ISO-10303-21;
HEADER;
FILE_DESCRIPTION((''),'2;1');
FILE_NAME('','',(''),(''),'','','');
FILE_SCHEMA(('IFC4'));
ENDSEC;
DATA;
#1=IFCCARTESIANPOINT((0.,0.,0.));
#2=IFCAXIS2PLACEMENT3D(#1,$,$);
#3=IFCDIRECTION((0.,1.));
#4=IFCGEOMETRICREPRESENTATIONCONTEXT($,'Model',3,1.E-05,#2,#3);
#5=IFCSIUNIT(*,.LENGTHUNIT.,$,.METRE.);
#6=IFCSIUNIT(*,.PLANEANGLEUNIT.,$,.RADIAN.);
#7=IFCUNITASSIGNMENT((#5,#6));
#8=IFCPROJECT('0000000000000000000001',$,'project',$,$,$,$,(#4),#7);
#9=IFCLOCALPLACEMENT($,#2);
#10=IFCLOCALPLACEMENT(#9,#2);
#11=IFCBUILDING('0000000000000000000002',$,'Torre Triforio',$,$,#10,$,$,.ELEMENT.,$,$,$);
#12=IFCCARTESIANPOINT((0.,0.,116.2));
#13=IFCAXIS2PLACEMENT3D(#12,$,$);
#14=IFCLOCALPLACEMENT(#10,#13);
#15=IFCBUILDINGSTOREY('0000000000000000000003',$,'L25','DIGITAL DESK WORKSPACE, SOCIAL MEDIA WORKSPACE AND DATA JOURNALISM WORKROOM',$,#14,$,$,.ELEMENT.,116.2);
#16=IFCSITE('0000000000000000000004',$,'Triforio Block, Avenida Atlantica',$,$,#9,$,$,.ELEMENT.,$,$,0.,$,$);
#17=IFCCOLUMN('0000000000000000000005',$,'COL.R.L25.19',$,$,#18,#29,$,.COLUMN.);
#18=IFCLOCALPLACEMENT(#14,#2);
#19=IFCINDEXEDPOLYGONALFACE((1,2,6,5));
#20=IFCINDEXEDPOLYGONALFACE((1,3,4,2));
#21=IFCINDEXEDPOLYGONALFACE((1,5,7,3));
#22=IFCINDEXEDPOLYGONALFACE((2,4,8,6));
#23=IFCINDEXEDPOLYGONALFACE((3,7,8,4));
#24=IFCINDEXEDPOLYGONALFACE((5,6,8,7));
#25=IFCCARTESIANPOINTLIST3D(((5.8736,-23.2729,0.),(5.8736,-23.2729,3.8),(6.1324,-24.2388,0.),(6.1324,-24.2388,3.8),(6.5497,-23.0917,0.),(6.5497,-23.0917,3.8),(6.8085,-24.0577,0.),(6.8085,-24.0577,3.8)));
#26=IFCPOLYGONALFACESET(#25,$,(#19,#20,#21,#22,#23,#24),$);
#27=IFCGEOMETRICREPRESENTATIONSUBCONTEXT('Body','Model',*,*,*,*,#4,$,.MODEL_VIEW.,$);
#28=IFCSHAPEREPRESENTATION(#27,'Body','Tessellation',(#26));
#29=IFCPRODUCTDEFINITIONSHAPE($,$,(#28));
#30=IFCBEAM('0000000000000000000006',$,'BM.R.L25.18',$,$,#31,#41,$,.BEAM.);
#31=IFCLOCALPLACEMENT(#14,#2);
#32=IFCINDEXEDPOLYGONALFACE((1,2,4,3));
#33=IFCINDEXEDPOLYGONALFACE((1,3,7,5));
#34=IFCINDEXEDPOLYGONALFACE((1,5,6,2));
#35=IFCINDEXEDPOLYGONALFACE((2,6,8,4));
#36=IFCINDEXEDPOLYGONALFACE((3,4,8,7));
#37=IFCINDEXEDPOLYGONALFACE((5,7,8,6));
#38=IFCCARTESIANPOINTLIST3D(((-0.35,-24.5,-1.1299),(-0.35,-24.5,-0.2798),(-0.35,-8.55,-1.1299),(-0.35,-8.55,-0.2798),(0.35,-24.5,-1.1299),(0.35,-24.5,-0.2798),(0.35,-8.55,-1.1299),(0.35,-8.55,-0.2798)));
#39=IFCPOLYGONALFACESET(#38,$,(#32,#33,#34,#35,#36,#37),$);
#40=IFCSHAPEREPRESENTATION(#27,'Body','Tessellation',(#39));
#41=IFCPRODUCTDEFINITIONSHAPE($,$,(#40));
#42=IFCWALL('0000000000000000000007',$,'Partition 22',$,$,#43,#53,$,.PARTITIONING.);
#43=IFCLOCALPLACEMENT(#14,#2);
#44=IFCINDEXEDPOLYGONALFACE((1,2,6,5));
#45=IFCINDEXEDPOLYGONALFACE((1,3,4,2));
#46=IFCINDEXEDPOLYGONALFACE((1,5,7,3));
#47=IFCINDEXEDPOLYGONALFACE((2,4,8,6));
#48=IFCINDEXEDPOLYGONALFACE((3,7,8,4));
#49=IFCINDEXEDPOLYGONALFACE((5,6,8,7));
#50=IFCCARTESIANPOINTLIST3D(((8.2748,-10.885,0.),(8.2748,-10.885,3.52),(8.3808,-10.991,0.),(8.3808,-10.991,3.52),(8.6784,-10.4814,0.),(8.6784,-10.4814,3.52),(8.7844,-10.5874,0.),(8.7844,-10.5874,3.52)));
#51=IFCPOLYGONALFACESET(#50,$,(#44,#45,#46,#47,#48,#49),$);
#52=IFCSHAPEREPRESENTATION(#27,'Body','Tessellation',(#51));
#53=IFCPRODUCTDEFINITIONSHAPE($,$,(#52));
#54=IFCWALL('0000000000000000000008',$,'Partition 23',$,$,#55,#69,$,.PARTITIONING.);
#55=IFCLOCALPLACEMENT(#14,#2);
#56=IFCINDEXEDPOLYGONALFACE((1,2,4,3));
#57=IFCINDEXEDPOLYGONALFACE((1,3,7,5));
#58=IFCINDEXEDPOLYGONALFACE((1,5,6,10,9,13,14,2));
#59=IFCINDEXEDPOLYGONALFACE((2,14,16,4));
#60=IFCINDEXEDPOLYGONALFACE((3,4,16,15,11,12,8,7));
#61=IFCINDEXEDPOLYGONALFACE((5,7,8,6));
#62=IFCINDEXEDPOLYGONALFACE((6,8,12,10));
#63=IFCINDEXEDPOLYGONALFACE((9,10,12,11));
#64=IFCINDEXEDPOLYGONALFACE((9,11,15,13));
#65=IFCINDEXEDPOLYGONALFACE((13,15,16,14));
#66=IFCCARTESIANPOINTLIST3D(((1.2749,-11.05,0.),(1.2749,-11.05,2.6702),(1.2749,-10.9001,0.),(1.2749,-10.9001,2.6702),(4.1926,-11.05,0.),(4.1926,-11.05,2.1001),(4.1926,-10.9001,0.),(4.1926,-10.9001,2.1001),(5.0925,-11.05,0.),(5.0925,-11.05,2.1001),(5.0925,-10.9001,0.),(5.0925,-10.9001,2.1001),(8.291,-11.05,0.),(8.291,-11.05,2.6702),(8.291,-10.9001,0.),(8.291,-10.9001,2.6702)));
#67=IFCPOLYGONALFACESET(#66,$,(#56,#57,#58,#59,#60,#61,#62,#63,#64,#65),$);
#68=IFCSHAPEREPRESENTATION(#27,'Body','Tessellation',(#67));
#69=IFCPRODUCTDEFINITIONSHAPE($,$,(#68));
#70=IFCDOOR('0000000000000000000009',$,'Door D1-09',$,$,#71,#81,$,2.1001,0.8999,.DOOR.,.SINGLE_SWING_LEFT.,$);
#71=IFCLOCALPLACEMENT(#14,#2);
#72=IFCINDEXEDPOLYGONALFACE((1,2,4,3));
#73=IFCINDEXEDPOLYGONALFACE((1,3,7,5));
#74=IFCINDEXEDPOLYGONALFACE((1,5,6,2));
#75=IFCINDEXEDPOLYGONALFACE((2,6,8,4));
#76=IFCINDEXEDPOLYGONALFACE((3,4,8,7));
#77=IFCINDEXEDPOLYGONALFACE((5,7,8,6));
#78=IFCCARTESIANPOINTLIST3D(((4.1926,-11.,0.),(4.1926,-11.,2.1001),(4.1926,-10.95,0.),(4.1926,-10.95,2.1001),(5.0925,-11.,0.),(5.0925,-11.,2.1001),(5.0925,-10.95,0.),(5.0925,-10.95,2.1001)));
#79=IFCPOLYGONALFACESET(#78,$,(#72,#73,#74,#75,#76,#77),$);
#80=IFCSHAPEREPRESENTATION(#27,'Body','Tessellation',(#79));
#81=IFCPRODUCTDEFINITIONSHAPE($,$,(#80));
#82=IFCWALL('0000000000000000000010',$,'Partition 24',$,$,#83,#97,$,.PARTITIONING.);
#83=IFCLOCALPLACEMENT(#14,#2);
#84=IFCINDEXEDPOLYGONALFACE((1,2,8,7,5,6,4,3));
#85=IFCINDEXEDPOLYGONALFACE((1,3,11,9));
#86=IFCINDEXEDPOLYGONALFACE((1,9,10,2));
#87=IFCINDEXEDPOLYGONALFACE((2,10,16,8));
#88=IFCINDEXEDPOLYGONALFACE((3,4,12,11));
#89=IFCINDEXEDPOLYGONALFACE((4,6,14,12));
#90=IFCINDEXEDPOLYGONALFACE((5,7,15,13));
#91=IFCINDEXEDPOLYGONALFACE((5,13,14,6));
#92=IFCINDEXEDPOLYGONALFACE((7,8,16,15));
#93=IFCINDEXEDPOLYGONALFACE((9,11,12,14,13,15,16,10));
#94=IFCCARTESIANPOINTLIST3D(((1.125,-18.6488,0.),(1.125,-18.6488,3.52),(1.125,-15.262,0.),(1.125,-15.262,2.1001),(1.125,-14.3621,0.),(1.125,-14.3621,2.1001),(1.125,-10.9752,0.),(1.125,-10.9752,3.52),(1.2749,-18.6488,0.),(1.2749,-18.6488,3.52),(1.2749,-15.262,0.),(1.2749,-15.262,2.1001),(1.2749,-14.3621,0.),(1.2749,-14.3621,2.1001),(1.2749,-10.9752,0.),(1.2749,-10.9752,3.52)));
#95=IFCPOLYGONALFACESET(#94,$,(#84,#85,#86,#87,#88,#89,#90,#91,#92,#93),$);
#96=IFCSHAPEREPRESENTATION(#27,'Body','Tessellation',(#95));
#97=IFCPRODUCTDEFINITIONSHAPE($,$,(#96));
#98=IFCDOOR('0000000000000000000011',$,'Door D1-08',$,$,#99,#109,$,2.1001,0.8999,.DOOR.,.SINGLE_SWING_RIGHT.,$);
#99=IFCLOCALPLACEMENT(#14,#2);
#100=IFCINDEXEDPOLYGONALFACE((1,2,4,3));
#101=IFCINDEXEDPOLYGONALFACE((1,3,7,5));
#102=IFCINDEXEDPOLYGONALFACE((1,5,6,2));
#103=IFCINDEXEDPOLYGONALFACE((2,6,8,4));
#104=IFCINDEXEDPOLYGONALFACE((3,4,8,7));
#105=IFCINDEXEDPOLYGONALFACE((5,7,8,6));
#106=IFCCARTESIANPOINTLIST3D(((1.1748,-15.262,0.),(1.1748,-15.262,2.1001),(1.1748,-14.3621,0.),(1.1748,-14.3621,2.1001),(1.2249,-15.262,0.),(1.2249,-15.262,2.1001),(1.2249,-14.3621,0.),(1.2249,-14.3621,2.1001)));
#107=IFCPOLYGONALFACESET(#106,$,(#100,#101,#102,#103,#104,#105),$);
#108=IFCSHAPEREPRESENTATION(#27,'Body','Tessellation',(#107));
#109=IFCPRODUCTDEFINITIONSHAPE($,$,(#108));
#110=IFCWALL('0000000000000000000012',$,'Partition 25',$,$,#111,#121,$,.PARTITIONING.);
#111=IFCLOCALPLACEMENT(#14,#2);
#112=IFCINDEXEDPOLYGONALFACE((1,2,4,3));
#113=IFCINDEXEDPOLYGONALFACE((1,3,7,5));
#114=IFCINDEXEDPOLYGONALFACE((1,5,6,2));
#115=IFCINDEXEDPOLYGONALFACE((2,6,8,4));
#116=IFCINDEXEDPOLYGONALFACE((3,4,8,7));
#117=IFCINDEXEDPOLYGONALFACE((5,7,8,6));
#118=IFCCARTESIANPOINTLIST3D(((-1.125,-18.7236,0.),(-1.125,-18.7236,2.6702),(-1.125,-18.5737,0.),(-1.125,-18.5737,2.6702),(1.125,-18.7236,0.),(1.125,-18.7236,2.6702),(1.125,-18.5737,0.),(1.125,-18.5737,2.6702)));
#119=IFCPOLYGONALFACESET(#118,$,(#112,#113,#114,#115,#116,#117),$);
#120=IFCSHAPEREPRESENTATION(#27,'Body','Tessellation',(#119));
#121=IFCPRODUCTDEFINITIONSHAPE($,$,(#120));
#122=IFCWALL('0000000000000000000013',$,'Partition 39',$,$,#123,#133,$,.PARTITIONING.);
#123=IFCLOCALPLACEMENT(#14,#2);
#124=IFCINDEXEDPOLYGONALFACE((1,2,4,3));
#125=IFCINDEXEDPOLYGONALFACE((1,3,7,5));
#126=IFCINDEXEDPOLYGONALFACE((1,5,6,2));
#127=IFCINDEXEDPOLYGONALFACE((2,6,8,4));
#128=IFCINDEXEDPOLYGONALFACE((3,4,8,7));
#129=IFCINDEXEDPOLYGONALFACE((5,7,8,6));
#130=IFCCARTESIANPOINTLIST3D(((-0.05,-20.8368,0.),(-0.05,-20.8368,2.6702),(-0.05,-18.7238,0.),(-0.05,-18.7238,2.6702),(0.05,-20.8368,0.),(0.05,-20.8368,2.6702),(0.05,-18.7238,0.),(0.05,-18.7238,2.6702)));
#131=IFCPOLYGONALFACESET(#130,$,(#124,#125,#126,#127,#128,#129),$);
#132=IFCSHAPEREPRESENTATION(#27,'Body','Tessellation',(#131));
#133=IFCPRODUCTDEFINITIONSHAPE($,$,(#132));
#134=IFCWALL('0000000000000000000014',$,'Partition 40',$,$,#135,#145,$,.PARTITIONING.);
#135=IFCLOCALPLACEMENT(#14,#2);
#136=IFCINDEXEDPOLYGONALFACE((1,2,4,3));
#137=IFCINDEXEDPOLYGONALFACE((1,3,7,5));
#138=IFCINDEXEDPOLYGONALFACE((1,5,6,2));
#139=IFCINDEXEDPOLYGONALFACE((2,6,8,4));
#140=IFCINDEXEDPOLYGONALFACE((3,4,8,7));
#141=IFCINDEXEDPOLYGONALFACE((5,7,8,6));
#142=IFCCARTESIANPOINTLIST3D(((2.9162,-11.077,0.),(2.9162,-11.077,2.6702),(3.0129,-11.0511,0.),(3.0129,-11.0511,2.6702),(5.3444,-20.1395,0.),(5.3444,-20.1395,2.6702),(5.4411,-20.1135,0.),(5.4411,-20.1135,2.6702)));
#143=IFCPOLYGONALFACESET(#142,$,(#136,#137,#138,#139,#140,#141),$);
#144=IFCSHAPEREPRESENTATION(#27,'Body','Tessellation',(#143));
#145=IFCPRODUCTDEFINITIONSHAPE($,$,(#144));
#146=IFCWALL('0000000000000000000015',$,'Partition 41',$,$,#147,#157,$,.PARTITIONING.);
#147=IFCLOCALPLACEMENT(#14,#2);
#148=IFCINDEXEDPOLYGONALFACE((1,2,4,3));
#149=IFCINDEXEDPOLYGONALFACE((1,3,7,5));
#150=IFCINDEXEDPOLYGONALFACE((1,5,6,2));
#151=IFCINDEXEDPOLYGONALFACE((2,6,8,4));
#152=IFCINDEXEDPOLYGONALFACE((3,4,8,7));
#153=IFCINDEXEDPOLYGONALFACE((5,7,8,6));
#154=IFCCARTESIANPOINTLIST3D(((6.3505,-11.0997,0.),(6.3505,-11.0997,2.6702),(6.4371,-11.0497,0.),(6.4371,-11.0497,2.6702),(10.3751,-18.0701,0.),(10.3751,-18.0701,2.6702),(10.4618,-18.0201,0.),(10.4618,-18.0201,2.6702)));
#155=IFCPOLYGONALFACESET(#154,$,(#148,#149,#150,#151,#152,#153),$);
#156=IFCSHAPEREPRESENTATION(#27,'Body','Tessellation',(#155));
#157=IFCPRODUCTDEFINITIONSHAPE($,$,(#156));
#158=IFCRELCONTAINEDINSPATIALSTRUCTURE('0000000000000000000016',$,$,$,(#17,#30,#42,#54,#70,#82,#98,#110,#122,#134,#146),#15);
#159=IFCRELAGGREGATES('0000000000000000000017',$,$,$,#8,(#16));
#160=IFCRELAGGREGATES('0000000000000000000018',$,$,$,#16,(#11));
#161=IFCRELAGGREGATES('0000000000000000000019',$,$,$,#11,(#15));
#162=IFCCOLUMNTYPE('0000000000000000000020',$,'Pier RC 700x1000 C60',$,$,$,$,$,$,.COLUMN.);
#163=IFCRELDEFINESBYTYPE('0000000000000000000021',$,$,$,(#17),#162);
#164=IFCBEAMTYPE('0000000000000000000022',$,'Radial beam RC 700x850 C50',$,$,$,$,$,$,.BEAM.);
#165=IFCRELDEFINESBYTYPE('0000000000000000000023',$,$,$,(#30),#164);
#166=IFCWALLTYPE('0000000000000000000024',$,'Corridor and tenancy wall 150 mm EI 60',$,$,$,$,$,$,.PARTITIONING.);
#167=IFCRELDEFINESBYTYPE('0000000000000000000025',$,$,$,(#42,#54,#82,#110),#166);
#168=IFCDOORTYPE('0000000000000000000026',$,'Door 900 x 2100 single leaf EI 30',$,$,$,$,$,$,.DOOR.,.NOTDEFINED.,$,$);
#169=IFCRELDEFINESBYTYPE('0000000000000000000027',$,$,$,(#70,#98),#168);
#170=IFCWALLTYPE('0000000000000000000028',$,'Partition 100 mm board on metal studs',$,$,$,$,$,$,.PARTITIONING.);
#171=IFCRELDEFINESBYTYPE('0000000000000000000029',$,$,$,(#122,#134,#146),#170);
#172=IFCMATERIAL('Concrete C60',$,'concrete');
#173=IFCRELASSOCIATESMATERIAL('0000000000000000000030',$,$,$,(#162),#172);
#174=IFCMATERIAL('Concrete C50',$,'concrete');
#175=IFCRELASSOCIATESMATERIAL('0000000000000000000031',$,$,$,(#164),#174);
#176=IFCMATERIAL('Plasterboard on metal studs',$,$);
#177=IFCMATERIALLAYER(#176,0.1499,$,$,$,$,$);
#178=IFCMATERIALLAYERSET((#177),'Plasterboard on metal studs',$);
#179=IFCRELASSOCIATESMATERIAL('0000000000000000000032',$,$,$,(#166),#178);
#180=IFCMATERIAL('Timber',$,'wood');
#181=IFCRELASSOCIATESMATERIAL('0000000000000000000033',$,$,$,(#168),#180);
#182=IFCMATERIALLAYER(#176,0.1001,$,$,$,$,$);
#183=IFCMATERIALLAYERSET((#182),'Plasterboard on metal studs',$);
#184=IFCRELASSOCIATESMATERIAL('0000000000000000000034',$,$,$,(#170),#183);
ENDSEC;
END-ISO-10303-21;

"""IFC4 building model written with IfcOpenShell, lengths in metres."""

from ifc_helpers import new_model, si_unit, direction, frame, frame_2d, origin, origin_2d, place, context, subcontext, project, spatial, rectangle, extrude, material, layer, layer_set, material_profile, profile_set, type_object, element, fill, save


model = new_model("IFC4")

# Units and contexts
model_context = context("Model", 3, precision=1e-05, world=origin(), true_north=direction((0.0, 1.0)))
body_context = subcontext(model_context, "Body", "Model", "MODEL_VIEW")
ifc_project = project(units=[si_unit("LENGTHUNIT", "METRE"), si_unit("PLANEANGLEUNIT", "RADIAN")], contexts=[model_context])

# Site, building, storey
site_placement = place(None, origin())
site = spatial("IfcSite", under=ifc_project, at=site_placement, Name="Triforio Block, Avenida Atlantica", CompositionType="ELEMENT", RefElevation=0.0)
building_placement = place(site_placement, origin())
building = spatial("IfcBuilding", under=site, at=building_placement, Name="Torre Triforio", CompositionType="ELEMENT")
storey_placement = place(building_placement, frame((0.0, 0.0, 116.2)))
storey = spatial("IfcBuildingStorey", under=building, at=storey_placement, Name="L25", Description="DIGITAL DESK WORKSPACE, SOCIAL MEDIA WORKSPACE AND DATA JOURNALISM WORKROOM", CompositionType="ELEMENT", Elevation=116.2)

# Column
ifc_material_1 = material(Name="Concrete C60", Category="concrete")
ifc_material_profile_1 = material_profile(ifc_material_1, rectangle(XDim=0.7, YDim=1.0, at=origin_2d()), Name="RC 700x1000")
ifc_profile_set_1 = profile_set([ifc_material_profile_1], Name="Concrete C60")
column_type = type_object("IfcColumnType", Name="Pier RC 700x1000 C60", PredefinedType="COLUMN", material=ifc_profile_set_1)
column_placement = place(storey_placement, frame((6.3411, -23.6653, 0.0), z_axis=(0.0, 0.0, 1.0), x_axis=(0.965926, 0.258819, 0.0)))
element("IfcColumn", 1, at=column_placement, inside=storey, type_object=column_type, Name="COL.R.L25.19", PredefinedType="COLUMN", context=body_context, shape_type="SweptSolid", body=[
    extrude(rectangle(XDim=0.7, YDim=1.0, at=origin_2d()), origin(), (0.0, 0.0, 1.0), 3.8),
])

# Beam
ifc_material_2 = material(Name="Concrete C50", Category="concrete")
ifc_material_profile_2 = material_profile(ifc_material_2, rectangle(XDim=0.7, YDim=0.8501, at=origin_2d()), Name="RC 700x850")
ifc_profile_set_2 = profile_set([ifc_material_profile_2], Name="Concrete C50")
beam_type = type_object("IfcBeamType", Name="Radial beam RC 700x850 C50", PredefinedType="BEAM", material=ifc_profile_set_2)
beam_placement = place(storey_placement, frame((0.0, -8.55, -0.7048), z_axis=(0.0, -1.0, 0.0), x_axis=(1.0, 0.0, 0.0)))
element("IfcBeam", 2, at=beam_placement, inside=storey, type_object=beam_type, Name="BM.R.L25.18", PredefinedType="BEAM", context=body_context, shape_type="SweptSolid", body=[
    extrude(rectangle(XDim=0.7, YDim=0.8501, at=origin_2d()), origin(), (0.0, 0.0, 1.0), 15.95),
])

# Wall
ifc_material_3 = material(Name="Plasterboard on metal studs")
ifc_layer_1 = layer(ifc_material_3, 0.1499)
ifc_layer_set_1 = layer_set([ifc_layer_1], Name="Plasterboard on metal studs")
wall_type_1 = type_object("IfcWallType", Name="Corridor and tenancy wall 150 mm EI 60", PredefinedType="PARTITIONING", material=ifc_layer_set_1)
wall_1_placement = place(storey_placement, frame((8.7314, -10.5344, 0.0), z_axis=(0.0, 0.0, 1.0), x_axis=(-0.707107, -0.707107, 0.0)))
element("IfcWall", 3, at=wall_1_placement, inside=storey, type_object=wall_type_1, Name="Partition 22", PredefinedType="PARTITIONING", context=body_context, shape_type="SweptSolid", body=[
    extrude(rectangle(XDim=0.5708, YDim=0.1499, at=frame_2d((0.2854, 0.0))), origin(), (0.0, 0.0, 1.0), 3.52),
])

# Walls, openings, doors
wall_2_placement = place(storey_placement, frame((8.291, -10.9751, 0.0), z_axis=(0.0, 0.0, 1.0), x_axis=(-1.0, 0.0, 0.0)))
wall_2 = element("IfcWall", 4, at=wall_2_placement, inside=storey, type_object=wall_type_1, Name="Partition 23", PredefinedType="PARTITIONING", context=body_context, shape_type="SweptSolid", body=[
    extrude(rectangle(XDim=7.0161, YDim=0.1499, at=frame_2d((3.5081, 0.0))), origin(), (0.0, 0.0, 1.0), 2.6702),
])
opening_1_placement = place(wall_2_placement, frame((3.1985, 0.0, 0.0)))
opening_1 = element("IfcOpeningElement", 5, at=opening_1_placement, cuts=wall_2, PredefinedType="OPENING", context=body_context, shape_type="SweptSolid", body=[
    extrude(rectangle(XDim=0.8999, YDim=2.1001, at=frame_2d((0.45, 1.05))), frame((0.0, 0.085, 0.0), z_axis=(0.0, -1.0, 0.0), x_axis=(1.0, 0.0, 0.0)), (0.0, 0.0, 1.0), 0.1699),
])
ifc_material_4 = material(Name="Timber", Category="wood")
door_type_1 = type_object("IfcDoorType", Name="Door 900 x 2100 single leaf EI 30", OperationType="NOTDEFINED", PredefinedType="DOOR", material=ifc_material_4)
door_1_placement = place(opening_1_placement, origin())
door_1 = element("IfcDoor", 6, at=door_1_placement, inside=storey, type_object=door_type_1, Name="Door D1-09", OperationType="SINGLE_SWING_LEFT", OverallHeight=2.1001, OverallWidth=0.8999, PredefinedType="DOOR", context=body_context, shape_type="SweptSolid", body=[
    extrude(rectangle(XDim=0.8999, YDim=2.1001, at=frame_2d((0.45, 1.05))), frame((0.0, 0.0249, 0.0), z_axis=(0.0, -1.0, 0.0), x_axis=(1.0, 0.0, 0.0)), (0.0, 0.0, 1.0), 0.05),
])
fill(opening_1, door_1)
wall_3_placement = place(storey_placement, frame((1.2, -10.9751, 0.0), z_axis=(0.0, 0.0, 1.0), x_axis=(0.0, -1.0, 0.0)))
wall_3 = element("IfcWall", 7, at=wall_3_placement, inside=storey, type_object=wall_type_1, Name="Partition 24", PredefinedType="PARTITIONING", context=body_context, shape_type="SweptSolid", body=[
    extrude(rectangle(XDim=7.6736, YDim=0.1499, at=frame_2d((3.8369, 0.0))), origin(), (0.0, 0.0, 1.0), 3.52),
])
opening_2_placement = place(wall_3_placement, frame((3.387, 0.0, 0.0)))
opening_2 = element("IfcOpeningElement", 8, at=opening_2_placement, cuts=wall_3, PredefinedType="OPENING", context=body_context, shape_type="SweptSolid", body=[
    extrude(rectangle(XDim=0.8999, YDim=2.1001, at=frame_2d((0.45, 1.05))), frame((0.0, 0.085, 0.0), z_axis=(0.0, -1.0, 0.0), x_axis=(1.0, 0.0, 0.0)), (0.0, 0.0, 1.0), 0.1699),
])
door_2_placement = place(opening_2_placement, origin())
door_2 = element("IfcDoor", 9, at=door_2_placement, inside=storey, type_object=door_type_1, Name="Door D1-08", OperationType="SINGLE_SWING_RIGHT", OverallHeight=2.1001, OverallWidth=0.8999, PredefinedType="DOOR", context=body_context, shape_type="SweptSolid", body=[
    extrude(rectangle(XDim=0.8999, YDim=2.1001, at=frame_2d((0.45, 1.05))), frame((0.0, 0.0249, 0.0), z_axis=(0.0, -1.0, 0.0), x_axis=(1.0, 0.0, 0.0)), (0.0, 0.0, 1.0), 0.05),
])
fill(opening_2, door_2)

# Walls
wall_4_placement = place(storey_placement, frame((1.125, -18.6487, 0.0), z_axis=(0.0, 0.0, 1.0), x_axis=(-1.0, 0.0, 0.0)))
element("IfcWall", 10, at=wall_4_placement, inside=storey, type_object=wall_type_1, Name="Partition 25", PredefinedType="PARTITIONING", context=body_context, shape_type="SweptSolid", body=[
    extrude(rectangle(XDim=2.25, YDim=0.1499, at=frame_2d((1.125, 0.0))), origin(), (0.0, 0.0, 1.0), 2.6702),
])
ifc_layer_2 = layer(ifc_material_3, 0.1001)
ifc_layer_set_2 = layer_set([ifc_layer_2], Name="Plasterboard on metal studs")
wall_type_2 = type_object("IfcWallType", Name="Partition 100 mm board on metal studs", PredefinedType="PARTITIONING", material=ifc_layer_set_2)
wall_5_placement = place(storey_placement, frame((0.0, -18.7236, 0.0), z_axis=(0.0, 0.0, 1.0), x_axis=(0.0, -1.0, 0.0)))
element("IfcWall", 11, at=wall_5_placement, inside=storey, type_object=wall_type_2, Name="Partition 39", PredefinedType="PARTITIONING", context=body_context, shape_type="SweptSolid", body=[
    extrude(rectangle(XDim=2.113, YDim=0.1001, at=frame_2d((1.0566, 0.0))), origin(), (0.0, 0.0, 1.0), 2.6702),
])
wall_6_placement = place(storey_placement, frame((2.9646, -11.0642, 0.0), z_axis=(0.0, 0.0, 1.0), x_axis=(0.258812, -0.965928, 0.0)))
element("IfcWall", 12, at=wall_6_placement, inside=storey, type_object=wall_type_2, Name="Partition 40", PredefinedType="PARTITIONING", context=body_context, shape_type="SweptSolid", body=[
    extrude(rectangle(XDim=9.3821, YDim=0.1001, at=frame_2d((4.6909, 0.0))), origin(), (0.0, 0.0, 1.0), 2.6702),
])
wall_7_placement = place(storey_placement, frame((6.3938, -11.0747, 0.0), z_axis=(0.0, 0.0, 1.0), x_axis=(0.500024, -0.866011, 0.0)))
element("IfcWall", 13, at=wall_7_placement, inside=storey, type_object=wall_type_2, Name="Partition 41", PredefinedType="PARTITIONING", context=body_context, shape_type="SweptSolid", body=[
    extrude(rectangle(XDim=8.0488, YDim=0.1001, at=frame_2d((4.0244, 0.0))), origin(), (0.0, 0.0, 1.0), 2.6702),
])

save(model, "model.ifc")
